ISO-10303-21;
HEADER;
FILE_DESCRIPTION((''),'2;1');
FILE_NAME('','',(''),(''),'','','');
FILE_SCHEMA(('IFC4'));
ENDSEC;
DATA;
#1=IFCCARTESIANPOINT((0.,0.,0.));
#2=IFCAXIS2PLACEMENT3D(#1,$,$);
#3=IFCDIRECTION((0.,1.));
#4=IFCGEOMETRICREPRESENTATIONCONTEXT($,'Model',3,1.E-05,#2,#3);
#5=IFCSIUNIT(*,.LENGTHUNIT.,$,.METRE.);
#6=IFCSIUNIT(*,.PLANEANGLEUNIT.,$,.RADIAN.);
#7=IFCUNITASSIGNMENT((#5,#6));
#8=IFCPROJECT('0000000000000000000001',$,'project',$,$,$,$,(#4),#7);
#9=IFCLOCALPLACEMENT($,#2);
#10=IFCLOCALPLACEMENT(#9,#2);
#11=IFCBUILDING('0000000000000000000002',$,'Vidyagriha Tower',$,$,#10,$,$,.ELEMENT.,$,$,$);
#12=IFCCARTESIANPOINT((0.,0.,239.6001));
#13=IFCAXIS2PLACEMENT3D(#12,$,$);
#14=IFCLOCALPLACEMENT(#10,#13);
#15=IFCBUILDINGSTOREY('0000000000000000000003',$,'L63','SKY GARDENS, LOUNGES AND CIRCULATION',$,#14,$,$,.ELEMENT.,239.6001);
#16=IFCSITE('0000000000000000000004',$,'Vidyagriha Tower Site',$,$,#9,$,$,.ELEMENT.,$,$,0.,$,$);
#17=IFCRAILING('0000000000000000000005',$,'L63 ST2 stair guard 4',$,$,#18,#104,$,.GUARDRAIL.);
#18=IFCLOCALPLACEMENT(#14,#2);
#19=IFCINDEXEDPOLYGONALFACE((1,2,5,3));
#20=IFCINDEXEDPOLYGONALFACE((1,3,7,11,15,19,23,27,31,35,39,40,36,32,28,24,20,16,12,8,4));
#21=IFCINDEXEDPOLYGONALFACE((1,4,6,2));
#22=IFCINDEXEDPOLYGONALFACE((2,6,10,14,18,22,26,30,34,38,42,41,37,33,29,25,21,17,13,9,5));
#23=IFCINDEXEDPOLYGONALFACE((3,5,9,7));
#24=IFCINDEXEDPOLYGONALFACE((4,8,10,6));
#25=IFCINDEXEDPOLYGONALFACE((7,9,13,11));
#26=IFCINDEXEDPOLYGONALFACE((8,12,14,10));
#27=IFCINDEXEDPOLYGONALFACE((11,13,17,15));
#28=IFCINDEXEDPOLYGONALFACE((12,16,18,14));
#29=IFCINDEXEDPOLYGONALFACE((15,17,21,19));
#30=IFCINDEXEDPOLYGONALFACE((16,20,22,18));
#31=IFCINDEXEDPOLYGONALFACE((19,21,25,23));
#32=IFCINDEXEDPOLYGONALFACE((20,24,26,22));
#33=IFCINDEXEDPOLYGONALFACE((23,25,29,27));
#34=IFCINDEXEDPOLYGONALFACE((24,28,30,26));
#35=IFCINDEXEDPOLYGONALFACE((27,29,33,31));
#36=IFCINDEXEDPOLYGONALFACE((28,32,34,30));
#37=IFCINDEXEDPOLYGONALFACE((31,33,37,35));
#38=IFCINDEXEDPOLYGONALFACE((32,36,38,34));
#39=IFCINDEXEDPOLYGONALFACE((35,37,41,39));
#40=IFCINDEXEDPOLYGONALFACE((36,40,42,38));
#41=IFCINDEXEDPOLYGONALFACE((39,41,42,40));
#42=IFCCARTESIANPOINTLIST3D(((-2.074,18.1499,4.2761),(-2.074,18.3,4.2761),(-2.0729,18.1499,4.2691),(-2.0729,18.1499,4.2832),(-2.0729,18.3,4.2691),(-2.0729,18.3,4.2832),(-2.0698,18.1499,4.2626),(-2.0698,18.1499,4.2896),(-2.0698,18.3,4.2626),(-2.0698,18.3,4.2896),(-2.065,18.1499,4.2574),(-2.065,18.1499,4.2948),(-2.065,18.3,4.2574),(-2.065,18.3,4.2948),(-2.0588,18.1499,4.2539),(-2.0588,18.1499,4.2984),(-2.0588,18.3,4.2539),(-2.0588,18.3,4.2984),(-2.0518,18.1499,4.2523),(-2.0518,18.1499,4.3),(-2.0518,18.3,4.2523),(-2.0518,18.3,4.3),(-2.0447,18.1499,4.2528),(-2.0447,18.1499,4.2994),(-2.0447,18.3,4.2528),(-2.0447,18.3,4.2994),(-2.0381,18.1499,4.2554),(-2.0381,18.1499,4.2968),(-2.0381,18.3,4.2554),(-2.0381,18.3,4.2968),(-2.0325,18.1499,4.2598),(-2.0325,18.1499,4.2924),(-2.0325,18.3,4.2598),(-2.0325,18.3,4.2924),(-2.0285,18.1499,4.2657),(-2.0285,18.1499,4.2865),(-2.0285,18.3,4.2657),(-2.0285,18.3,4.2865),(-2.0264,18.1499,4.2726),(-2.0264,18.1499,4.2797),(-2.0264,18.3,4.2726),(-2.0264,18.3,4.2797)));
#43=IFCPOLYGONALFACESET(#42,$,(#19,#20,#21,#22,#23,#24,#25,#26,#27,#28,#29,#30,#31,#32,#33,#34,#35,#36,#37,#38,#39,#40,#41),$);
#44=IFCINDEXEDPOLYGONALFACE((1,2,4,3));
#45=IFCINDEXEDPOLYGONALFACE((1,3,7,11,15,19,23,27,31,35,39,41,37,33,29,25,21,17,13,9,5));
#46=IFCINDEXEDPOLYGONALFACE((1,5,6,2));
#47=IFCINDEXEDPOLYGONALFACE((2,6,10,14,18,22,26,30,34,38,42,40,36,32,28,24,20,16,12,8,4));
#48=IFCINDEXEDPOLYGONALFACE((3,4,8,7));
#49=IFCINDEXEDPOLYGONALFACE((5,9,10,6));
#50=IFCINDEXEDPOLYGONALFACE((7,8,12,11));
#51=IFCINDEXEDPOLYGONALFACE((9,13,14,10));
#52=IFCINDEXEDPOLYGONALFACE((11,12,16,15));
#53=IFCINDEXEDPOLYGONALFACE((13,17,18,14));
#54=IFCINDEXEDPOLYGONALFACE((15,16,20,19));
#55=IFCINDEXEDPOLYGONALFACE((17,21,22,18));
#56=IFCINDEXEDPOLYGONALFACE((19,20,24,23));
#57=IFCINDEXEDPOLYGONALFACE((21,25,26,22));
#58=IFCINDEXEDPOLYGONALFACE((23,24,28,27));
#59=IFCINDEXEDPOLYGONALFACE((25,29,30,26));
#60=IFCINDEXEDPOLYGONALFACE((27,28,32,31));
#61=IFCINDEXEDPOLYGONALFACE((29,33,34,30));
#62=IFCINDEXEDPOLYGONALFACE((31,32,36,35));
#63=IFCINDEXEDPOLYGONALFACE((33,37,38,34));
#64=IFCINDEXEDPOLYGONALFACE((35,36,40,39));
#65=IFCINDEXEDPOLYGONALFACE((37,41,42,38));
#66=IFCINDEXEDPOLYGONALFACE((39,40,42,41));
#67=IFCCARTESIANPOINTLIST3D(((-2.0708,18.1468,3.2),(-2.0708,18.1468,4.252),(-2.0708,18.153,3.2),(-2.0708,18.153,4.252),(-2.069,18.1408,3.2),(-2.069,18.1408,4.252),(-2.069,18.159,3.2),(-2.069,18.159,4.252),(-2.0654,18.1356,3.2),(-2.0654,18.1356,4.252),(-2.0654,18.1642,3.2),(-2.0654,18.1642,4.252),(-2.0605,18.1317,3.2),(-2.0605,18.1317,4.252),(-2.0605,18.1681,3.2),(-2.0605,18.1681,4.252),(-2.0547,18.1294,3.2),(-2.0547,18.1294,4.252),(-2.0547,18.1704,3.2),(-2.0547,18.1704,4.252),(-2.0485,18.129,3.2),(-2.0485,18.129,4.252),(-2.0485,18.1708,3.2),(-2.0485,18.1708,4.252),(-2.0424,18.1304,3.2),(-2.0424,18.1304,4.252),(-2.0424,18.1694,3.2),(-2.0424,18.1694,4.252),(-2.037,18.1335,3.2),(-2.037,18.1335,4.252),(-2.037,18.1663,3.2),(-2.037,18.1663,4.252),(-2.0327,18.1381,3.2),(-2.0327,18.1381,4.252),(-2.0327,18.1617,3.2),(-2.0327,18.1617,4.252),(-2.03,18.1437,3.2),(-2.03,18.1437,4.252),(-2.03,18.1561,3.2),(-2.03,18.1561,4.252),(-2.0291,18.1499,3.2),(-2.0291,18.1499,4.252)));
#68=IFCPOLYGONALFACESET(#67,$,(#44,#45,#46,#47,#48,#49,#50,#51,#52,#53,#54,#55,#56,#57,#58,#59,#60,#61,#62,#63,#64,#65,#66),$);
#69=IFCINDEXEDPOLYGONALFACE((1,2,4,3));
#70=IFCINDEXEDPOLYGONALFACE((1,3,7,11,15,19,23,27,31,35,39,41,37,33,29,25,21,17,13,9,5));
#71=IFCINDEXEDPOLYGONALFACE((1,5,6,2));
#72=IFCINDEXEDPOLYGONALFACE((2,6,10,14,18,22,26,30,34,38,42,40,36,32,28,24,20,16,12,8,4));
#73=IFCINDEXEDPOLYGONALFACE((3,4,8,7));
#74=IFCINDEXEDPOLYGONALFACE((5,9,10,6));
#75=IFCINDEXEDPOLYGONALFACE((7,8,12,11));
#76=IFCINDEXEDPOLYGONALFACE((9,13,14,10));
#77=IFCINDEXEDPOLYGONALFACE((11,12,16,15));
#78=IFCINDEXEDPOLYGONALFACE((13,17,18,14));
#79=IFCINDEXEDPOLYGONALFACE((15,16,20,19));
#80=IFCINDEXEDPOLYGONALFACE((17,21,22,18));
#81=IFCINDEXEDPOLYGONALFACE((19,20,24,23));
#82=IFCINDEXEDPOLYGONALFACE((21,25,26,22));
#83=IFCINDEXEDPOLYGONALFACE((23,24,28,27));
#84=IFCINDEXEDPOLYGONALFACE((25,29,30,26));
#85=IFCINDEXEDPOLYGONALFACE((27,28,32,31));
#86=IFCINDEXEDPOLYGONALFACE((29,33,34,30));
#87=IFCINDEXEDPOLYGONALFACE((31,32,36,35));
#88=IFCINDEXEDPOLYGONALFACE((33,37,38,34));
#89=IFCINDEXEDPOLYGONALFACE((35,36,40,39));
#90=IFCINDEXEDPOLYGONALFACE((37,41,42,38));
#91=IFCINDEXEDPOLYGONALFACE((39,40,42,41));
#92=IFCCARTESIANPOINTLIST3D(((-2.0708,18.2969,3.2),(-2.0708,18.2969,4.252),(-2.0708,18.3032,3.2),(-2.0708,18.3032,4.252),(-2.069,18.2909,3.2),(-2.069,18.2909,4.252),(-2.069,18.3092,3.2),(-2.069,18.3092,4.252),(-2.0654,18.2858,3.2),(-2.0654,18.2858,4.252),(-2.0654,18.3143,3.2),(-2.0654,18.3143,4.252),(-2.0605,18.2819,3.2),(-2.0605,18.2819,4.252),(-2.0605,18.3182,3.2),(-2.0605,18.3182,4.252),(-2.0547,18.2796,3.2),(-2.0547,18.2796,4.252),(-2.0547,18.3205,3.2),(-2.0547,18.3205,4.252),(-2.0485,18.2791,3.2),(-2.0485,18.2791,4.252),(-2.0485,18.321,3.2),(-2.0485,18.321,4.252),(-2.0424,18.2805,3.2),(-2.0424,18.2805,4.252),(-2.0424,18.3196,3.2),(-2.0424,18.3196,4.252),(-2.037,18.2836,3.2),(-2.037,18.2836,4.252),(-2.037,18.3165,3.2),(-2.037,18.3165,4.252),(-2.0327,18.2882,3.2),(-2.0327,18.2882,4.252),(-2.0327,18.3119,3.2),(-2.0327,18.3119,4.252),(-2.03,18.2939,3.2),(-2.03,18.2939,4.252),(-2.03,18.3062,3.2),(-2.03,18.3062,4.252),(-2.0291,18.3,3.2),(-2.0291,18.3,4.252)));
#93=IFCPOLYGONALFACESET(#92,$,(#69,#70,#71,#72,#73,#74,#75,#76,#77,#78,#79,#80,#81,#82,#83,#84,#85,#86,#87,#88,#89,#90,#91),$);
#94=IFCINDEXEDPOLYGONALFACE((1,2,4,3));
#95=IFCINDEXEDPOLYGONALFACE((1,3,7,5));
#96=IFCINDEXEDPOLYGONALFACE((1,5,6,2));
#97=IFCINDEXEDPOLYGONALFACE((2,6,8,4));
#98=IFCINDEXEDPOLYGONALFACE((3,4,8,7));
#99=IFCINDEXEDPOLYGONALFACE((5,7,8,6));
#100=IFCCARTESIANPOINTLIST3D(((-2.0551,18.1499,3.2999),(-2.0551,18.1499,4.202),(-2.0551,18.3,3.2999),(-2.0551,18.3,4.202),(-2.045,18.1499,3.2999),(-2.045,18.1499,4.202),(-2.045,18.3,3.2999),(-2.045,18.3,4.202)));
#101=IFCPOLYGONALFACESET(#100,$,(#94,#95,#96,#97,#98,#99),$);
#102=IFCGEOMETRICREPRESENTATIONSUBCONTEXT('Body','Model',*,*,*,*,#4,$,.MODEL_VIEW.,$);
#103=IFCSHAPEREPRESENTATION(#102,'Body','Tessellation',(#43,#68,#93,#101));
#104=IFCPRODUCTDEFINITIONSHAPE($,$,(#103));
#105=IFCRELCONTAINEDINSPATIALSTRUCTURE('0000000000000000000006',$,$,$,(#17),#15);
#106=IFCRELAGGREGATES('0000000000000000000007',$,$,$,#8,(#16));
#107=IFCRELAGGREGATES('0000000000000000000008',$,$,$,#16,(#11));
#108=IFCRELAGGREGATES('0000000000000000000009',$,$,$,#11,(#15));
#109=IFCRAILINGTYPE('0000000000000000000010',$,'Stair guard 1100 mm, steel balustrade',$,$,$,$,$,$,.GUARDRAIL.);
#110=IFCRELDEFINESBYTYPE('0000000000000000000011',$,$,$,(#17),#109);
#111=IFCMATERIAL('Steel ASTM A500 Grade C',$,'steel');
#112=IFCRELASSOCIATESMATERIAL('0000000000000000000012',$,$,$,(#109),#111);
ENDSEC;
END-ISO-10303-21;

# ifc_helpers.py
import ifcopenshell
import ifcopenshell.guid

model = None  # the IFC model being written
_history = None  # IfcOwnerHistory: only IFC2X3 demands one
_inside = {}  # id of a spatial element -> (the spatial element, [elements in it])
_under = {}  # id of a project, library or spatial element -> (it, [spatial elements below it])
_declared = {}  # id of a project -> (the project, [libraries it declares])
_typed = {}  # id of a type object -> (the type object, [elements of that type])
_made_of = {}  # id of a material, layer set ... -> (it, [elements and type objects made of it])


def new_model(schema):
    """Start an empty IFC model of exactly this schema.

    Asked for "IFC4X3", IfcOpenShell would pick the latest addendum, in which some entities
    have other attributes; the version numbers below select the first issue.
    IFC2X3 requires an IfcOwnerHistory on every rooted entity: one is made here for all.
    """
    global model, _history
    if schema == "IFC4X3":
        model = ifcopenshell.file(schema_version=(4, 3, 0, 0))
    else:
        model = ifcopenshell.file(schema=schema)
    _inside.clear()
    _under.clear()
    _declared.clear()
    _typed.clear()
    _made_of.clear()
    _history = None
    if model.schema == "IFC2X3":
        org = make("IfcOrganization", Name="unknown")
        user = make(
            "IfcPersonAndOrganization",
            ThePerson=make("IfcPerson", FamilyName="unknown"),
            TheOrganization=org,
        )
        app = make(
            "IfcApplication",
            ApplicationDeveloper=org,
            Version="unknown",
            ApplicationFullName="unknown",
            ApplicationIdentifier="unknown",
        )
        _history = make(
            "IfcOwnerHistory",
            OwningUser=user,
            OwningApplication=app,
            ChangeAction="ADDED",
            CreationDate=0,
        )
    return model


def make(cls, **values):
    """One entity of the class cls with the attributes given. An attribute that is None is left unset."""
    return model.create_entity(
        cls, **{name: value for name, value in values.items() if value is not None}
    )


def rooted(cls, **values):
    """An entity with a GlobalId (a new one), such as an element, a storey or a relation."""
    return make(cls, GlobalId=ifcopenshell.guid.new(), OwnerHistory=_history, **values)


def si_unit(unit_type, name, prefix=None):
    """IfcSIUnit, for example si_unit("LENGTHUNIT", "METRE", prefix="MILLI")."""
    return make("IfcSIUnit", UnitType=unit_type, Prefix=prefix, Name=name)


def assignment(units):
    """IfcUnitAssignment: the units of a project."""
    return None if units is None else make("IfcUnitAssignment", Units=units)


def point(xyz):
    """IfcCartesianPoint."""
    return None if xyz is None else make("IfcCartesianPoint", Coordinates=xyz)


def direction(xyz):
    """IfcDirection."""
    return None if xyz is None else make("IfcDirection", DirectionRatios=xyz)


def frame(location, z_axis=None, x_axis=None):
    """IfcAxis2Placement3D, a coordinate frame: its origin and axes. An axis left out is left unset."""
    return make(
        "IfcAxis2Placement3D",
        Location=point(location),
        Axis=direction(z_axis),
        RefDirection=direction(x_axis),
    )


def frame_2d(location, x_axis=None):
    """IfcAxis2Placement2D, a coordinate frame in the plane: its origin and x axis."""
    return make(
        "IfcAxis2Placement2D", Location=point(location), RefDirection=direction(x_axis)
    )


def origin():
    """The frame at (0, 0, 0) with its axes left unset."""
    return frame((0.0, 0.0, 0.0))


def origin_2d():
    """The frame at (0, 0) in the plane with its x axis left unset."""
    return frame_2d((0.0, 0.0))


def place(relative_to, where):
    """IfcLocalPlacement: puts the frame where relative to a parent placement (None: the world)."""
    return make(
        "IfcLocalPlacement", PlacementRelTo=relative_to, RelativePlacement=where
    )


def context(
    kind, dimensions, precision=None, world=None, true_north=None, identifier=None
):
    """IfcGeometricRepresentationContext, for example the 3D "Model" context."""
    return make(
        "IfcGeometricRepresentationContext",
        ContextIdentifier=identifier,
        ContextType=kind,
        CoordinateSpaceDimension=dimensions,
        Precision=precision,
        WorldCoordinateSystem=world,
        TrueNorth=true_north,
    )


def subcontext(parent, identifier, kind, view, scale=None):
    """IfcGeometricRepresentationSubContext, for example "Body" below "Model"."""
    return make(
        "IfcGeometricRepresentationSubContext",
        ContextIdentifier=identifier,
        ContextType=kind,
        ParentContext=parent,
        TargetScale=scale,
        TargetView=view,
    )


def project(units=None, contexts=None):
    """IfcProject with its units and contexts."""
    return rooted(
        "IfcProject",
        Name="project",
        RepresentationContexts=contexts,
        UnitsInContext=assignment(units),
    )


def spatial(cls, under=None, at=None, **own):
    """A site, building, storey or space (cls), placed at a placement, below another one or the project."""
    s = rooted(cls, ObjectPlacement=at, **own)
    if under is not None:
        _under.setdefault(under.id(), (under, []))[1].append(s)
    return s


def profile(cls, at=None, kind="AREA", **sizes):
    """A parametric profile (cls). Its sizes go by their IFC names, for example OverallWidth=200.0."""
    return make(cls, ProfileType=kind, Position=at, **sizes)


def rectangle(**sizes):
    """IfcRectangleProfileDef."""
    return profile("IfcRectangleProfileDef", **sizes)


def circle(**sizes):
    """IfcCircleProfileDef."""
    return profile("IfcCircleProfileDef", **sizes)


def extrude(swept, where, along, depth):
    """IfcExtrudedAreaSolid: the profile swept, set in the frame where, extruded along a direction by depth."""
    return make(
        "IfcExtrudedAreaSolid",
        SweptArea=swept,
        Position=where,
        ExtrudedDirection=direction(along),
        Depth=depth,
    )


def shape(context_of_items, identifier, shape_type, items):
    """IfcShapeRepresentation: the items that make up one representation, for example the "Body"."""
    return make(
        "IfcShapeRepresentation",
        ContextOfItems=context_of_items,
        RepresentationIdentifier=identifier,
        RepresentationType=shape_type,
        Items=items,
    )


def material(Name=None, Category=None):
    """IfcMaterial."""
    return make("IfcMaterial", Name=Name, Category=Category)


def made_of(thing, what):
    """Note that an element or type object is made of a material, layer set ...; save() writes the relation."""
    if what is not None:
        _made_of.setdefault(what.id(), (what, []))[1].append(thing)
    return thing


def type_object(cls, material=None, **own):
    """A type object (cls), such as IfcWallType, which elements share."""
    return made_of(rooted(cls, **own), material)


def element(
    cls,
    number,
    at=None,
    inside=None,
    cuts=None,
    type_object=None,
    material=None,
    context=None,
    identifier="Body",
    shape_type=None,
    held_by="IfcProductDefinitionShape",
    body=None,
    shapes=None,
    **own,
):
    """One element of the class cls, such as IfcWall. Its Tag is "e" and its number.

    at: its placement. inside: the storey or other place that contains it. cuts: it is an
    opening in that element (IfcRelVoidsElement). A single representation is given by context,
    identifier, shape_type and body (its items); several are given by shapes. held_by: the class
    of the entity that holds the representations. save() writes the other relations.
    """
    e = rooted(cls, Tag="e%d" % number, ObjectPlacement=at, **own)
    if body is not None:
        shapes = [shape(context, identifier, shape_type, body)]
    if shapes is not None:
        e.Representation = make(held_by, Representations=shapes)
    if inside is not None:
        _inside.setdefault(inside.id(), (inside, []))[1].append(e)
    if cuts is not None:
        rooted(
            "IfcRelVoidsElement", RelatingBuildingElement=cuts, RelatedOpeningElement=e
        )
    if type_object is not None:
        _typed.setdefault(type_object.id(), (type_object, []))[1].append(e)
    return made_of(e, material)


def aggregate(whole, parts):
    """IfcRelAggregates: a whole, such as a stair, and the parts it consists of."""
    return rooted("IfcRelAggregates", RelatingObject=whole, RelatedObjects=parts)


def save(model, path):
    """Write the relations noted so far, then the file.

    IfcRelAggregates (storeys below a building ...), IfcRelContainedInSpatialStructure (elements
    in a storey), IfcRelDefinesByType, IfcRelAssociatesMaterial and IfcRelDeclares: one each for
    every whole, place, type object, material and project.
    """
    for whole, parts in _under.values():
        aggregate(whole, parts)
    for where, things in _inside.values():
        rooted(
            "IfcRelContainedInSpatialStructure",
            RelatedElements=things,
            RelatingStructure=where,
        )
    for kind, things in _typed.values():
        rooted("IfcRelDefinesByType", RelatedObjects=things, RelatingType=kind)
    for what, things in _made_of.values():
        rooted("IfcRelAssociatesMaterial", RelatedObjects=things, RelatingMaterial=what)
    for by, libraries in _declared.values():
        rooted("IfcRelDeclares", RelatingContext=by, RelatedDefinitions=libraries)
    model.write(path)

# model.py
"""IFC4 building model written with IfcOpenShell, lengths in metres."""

from ifc_helpers import new_model, si_unit, direction, frame, origin, origin_2d, place, context, subcontext, project, spatial, rectangle, circle, extrude, material, type_object, element, save


model = new_model("IFC4")

# Units and contexts
model_context = context("Model", 3, precision=1e-05, world=origin(), true_north=direction((0.0, 1.0)))
body_context = subcontext(model_context, "Body", "Model", "MODEL_VIEW")
ifc_project = project(units=[si_unit("LENGTHUNIT", "METRE"), si_unit("PLANEANGLEUNIT", "RADIAN")], contexts=[model_context])

# Site, building, storey
site_placement = place(None, origin())
site = spatial("IfcSite", under=ifc_project, at=site_placement, Name="Vidyagriha Tower Site", CompositionType="ELEMENT", RefElevation=0.0)
building_placement = place(site_placement, origin())
building = spatial("IfcBuilding", under=site, at=building_placement, Name="Vidyagriha Tower", CompositionType="ELEMENT")
storey_placement = place(building_placement, frame((0.0, 0.0, 239.6001)))
storey = spatial("IfcBuildingStorey", under=building, at=storey_placement, Name="L63", Description="SKY GARDENS, LOUNGES AND CIRCULATION", CompositionType="ELEMENT", Elevation=239.6001)

# Railing
ifc_material_1 = material(Name="Steel ASTM A500 Grade C", Category="steel")
railing_type_1 = type_object("IfcRailingType", Name="Stair guard 1100 mm, steel balustrade", PredefinedType="GUARDRAIL", material=ifc_material_1)
railing_1_placement = place(storey_placement, frame((-2.05, 18.1499, 3.2)))
element("IfcRailing", 1, at=railing_1_placement, inside=storey, type_object=railing_type_1, Name="L63 ST2 stair guard 4", PredefinedType="GUARDRAIL", context=body_context, shape_type="SweptSolid", body=[
    extrude(circle(Radius=0.0239, at=origin_2d()), frame((0.0, 0.0, 1.0762), z_axis=(0.0, 1.0, 0.0), x_axis=(-1.0, 0.0, 0.0)), (0.0, 0.0, 1.0), 0.1501),
    extrude(circle(Radius=0.021, at=origin_2d()), origin(), (0.0, 0.0, 1.0), 1.052),
    extrude(circle(Radius=0.021, at=origin_2d()), frame((0.0, 0.1501, 0.0)), (0.0, 0.0, 1.0), 1.052),
    extrude(rectangle(XDim=0.01, YDim=0.9021, at=origin_2d()), frame((0.0, 0.0, 0.551), z_axis=(0.0, 1.0, 0.0), x_axis=(-1.0, 0.0, 0.0)), (0.0, 0.0, 1.0), 0.1501),
])

save(model, "model.ifc")
